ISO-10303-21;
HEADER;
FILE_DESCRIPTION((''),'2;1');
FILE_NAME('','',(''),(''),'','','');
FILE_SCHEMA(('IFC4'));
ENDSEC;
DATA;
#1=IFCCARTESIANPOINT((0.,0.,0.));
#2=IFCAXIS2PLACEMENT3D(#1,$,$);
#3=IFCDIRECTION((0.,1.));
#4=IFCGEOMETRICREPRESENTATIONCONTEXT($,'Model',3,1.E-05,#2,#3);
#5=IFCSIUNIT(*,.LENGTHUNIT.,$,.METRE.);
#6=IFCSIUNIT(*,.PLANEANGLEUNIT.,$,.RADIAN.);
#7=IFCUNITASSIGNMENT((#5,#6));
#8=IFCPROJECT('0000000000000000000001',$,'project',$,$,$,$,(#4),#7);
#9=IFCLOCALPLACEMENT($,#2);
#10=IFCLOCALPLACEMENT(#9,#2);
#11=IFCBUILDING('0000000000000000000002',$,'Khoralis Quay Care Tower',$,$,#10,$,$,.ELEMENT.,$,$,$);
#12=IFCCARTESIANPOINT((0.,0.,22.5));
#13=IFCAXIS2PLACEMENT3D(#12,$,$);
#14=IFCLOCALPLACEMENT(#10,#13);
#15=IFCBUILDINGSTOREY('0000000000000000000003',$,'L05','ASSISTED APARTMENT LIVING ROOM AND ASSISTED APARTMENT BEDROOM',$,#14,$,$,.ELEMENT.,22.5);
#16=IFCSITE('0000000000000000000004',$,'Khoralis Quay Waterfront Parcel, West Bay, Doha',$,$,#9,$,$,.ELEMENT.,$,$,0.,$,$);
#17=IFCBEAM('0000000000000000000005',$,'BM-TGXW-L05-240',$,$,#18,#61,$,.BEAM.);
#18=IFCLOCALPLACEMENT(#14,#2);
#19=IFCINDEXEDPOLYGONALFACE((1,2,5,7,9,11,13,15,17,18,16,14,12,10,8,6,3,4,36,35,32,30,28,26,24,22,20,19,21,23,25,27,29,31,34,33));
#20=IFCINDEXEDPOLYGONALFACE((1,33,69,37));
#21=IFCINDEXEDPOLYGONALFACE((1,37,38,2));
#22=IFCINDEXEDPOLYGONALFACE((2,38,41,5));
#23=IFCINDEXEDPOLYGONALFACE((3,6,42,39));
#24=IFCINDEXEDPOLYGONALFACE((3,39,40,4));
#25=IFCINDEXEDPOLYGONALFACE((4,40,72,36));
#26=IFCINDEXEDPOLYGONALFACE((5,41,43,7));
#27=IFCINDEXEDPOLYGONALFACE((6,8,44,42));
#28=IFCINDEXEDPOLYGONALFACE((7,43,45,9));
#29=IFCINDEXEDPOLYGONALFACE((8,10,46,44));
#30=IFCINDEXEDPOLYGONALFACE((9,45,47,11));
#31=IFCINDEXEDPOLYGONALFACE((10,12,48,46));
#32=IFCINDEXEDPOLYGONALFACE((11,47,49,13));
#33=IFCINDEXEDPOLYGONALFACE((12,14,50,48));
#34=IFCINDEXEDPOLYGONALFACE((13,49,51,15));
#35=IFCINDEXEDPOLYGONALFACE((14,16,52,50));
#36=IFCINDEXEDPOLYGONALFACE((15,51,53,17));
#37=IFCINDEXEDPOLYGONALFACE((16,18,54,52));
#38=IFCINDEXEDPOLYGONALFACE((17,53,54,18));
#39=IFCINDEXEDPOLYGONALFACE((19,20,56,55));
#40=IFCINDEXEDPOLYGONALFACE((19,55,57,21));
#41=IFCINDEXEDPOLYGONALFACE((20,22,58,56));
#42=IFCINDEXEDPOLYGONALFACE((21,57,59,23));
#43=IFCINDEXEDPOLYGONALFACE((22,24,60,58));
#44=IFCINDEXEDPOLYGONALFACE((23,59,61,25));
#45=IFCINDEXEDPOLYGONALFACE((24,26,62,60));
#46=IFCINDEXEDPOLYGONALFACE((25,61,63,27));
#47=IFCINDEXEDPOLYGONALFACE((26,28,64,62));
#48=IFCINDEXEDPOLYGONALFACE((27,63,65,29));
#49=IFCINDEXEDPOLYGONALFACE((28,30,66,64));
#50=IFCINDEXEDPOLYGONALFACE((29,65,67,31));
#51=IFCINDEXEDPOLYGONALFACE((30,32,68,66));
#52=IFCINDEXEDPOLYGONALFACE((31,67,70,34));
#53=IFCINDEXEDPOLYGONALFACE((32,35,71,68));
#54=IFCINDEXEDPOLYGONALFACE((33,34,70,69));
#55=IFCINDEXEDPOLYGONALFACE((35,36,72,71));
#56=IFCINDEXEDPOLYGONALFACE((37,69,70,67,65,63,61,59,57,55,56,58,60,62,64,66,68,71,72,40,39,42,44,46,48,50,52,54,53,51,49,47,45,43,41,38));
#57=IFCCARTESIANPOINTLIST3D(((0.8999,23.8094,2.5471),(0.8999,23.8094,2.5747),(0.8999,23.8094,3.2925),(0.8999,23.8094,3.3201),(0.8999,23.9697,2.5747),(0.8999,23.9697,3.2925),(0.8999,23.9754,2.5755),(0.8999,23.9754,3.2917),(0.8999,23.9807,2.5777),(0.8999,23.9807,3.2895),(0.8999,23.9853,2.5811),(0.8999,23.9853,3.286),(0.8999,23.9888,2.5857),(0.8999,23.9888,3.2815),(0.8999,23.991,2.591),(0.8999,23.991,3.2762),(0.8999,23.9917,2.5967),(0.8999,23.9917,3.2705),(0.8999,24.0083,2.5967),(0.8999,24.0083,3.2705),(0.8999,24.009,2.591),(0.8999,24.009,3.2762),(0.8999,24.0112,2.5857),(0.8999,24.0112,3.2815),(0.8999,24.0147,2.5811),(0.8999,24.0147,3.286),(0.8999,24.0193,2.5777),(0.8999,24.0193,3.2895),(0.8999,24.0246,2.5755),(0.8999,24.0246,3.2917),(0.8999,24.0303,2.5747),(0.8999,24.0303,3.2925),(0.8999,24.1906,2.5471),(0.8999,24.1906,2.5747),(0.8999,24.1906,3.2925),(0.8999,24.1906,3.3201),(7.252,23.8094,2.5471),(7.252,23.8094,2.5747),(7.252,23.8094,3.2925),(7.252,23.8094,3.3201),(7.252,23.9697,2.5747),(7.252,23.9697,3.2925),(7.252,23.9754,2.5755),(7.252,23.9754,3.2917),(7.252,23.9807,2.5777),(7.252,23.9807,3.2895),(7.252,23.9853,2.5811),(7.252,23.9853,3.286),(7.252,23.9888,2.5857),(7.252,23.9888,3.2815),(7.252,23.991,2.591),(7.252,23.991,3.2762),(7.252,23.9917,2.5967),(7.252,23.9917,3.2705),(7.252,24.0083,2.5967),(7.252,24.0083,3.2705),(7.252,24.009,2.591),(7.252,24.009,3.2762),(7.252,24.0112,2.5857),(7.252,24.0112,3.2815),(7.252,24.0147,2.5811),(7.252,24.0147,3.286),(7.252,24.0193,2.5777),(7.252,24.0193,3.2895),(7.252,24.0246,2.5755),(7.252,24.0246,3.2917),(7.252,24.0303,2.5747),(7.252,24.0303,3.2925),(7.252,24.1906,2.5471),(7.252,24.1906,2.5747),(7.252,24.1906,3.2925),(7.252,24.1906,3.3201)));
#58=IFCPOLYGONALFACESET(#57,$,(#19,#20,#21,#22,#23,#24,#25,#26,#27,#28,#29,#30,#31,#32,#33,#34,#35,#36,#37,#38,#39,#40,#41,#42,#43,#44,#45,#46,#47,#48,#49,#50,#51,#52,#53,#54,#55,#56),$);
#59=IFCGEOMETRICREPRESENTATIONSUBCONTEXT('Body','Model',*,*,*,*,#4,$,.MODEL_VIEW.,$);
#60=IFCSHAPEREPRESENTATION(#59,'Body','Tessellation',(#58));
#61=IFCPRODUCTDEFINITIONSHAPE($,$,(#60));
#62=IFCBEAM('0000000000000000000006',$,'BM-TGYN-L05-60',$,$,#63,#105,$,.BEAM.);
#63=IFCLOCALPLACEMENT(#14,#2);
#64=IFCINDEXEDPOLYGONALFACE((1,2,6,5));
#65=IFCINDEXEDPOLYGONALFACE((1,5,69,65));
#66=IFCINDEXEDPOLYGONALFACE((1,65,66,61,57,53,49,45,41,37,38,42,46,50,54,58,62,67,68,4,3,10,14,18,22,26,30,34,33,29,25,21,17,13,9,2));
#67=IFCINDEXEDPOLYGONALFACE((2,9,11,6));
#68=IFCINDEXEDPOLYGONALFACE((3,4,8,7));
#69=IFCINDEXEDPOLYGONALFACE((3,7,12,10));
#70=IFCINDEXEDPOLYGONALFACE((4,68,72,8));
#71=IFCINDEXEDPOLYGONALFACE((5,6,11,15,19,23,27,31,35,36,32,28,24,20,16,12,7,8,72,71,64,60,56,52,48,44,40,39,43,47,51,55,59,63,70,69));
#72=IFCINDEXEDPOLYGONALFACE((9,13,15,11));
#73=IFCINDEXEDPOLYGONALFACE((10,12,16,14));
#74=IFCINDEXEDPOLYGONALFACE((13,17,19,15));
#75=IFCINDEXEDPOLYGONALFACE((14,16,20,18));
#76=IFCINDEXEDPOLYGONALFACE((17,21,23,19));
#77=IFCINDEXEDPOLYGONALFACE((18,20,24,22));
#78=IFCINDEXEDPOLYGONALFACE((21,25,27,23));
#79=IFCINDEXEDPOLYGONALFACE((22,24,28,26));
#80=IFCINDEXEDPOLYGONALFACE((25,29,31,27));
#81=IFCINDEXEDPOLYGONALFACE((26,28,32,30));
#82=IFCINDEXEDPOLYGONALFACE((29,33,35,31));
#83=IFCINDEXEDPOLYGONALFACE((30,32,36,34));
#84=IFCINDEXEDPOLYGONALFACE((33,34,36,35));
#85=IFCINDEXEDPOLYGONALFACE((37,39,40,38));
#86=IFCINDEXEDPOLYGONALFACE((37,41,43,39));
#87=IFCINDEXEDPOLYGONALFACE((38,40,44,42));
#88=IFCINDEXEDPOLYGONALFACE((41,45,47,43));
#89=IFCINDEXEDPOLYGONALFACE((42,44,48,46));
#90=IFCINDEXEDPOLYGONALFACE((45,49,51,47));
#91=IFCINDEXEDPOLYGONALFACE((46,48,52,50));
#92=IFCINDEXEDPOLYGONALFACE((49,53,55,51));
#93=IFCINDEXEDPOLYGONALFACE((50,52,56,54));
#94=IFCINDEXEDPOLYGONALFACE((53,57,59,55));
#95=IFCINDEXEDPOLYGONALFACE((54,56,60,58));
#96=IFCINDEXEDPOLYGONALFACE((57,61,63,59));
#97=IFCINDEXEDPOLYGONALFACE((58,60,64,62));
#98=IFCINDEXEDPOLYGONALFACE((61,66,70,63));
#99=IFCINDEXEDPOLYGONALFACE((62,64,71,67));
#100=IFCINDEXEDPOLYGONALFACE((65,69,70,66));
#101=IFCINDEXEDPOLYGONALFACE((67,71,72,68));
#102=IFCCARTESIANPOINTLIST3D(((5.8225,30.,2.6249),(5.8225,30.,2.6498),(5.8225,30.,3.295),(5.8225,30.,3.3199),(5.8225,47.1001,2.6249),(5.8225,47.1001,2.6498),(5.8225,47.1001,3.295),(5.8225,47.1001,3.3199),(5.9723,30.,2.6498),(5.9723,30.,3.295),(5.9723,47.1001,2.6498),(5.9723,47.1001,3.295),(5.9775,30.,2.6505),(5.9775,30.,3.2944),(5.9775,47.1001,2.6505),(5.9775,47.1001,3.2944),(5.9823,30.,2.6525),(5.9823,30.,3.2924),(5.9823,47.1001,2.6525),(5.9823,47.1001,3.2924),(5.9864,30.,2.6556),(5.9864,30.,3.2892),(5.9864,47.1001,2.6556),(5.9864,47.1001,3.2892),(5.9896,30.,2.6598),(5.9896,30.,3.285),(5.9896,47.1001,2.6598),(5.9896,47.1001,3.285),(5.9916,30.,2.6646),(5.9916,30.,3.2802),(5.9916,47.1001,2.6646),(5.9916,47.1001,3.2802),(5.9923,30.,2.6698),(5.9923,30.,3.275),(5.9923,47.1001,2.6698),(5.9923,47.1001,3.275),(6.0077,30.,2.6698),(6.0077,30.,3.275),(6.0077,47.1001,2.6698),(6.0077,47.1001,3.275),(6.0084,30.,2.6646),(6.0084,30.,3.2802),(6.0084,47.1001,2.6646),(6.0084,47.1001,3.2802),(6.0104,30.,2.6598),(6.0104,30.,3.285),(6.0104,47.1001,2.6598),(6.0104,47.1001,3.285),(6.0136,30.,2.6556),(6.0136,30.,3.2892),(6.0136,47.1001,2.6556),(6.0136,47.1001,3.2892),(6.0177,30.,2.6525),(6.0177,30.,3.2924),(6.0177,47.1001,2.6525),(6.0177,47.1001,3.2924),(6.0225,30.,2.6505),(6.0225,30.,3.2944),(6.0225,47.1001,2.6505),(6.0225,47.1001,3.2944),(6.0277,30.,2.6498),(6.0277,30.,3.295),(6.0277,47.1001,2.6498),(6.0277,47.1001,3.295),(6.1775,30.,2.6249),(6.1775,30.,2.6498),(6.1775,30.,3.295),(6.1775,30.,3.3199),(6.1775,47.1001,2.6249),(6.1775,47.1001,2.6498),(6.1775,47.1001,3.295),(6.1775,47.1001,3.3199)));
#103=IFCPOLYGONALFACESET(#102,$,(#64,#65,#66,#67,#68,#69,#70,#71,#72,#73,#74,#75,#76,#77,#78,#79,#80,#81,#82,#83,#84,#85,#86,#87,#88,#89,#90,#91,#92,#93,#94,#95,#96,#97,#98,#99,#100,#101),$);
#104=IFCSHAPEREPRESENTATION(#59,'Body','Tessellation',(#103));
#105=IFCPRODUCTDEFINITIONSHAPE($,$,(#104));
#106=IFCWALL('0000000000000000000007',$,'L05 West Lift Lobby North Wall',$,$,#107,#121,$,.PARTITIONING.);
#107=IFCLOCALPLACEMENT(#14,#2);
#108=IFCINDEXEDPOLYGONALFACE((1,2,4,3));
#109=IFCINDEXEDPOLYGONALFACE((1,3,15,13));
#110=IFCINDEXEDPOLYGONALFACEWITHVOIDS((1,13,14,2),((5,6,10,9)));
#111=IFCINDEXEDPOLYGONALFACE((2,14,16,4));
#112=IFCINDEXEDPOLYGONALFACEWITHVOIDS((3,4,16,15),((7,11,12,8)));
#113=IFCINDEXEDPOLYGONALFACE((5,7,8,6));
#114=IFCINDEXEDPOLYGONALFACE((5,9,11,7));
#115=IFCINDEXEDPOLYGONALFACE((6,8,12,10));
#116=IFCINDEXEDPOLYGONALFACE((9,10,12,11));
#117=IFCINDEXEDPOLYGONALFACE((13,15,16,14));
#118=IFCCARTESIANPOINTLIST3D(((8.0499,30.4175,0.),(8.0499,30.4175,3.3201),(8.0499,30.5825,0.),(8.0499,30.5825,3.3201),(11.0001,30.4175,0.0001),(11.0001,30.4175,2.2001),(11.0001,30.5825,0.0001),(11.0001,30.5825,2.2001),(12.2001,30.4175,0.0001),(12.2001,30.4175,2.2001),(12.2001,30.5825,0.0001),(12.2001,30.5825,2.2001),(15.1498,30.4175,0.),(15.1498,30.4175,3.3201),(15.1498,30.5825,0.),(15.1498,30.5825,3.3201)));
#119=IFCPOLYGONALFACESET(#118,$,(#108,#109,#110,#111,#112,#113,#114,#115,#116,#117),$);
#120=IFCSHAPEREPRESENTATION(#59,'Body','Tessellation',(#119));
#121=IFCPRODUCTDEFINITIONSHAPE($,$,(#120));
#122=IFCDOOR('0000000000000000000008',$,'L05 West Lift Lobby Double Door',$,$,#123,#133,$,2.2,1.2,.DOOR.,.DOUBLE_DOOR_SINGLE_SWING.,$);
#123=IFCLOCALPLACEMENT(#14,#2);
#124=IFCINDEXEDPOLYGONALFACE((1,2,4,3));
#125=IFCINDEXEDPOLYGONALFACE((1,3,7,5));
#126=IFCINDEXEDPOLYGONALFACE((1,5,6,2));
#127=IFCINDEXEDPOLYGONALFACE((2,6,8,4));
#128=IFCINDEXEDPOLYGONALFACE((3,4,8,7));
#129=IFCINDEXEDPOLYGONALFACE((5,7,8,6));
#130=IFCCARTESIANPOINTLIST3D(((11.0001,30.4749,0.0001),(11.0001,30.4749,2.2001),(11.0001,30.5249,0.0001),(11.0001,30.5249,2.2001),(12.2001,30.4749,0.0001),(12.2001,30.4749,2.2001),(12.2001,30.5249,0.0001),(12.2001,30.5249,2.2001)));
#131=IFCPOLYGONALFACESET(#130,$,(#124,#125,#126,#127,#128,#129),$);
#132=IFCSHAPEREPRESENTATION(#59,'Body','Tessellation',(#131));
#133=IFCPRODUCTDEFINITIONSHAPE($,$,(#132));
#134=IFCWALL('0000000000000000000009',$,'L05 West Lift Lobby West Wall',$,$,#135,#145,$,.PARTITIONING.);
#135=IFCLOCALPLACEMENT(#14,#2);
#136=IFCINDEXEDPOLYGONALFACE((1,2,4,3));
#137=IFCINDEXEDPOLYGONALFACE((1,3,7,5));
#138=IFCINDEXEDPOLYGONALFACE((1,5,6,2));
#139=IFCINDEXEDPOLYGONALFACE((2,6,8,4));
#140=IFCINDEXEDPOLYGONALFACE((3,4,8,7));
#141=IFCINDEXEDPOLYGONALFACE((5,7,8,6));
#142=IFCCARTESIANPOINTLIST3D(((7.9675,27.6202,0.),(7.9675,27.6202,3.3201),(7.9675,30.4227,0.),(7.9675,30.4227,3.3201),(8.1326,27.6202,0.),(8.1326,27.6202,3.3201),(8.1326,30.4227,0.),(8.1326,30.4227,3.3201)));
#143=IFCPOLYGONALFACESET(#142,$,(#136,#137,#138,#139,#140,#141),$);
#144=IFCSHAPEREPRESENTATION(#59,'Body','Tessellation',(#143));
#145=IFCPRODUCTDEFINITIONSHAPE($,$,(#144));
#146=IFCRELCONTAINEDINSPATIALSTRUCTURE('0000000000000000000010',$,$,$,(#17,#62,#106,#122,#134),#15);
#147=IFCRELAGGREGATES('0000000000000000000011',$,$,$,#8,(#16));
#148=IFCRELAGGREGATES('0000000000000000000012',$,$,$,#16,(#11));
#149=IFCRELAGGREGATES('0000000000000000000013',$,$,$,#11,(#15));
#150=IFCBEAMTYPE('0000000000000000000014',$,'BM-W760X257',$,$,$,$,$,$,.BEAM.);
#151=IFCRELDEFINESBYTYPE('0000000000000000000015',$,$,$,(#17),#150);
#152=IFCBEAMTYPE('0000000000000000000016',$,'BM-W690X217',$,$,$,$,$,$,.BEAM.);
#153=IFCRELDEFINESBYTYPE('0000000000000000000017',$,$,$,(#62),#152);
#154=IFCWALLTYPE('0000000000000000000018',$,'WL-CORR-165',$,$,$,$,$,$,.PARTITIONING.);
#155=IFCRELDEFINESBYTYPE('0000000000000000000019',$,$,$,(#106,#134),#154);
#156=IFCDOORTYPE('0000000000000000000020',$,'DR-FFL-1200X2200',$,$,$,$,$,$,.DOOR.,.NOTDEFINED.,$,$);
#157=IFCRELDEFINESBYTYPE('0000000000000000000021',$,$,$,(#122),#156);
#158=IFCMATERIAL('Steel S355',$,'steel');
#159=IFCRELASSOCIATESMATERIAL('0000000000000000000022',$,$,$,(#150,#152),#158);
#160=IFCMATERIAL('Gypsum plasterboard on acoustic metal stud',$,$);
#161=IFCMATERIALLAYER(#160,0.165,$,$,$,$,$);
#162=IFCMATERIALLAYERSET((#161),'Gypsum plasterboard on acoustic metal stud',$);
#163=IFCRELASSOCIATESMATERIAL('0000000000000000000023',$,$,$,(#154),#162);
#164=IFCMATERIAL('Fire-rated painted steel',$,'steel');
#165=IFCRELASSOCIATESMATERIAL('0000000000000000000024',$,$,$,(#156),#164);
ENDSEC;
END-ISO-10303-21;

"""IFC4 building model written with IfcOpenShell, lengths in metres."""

from ifc_helpers import new_model, si_unit, direction, frame, frame_2d, origin, origin_2d, place, context, subcontext, project, spatial, rectangle, i_section, extrude, source, transform, mapped, material, layer, layer_set, material_profile, profile_set, type_object, element, fill, save


model = new_model("IFC4")

# Units and contexts
model_context = context("Model", 3, precision=1e-05, world=origin(), true_north=direction((0.0, 1.0)))
body_context = subcontext(model_context, "Body", "Model", "MODEL_VIEW")
ifc_project = project(units=[si_unit("LENGTHUNIT", "METRE"), si_unit("PLANEANGLEUNIT", "RADIAN")], contexts=[model_context])

# Site, building, storey
site_placement = place(None, origin())
site = spatial("IfcSite", under=ifc_project, at=site_placement, Name="Khoralis Quay Waterfront Parcel, West Bay, Doha", CompositionType="ELEMENT", RefElevation=0.0)
building_placement = place(site_placement, origin())
building = spatial("IfcBuilding", under=site, at=building_placement, Name="Khoralis Quay Care Tower", CompositionType="ELEMENT")
storey_placement = place(building_placement, frame((0.0, 0.0, 22.5)))
storey = spatial("IfcBuildingStorey", under=building, at=storey_placement, Name="L05", Description="ASSISTED APARTMENT LIVING ROOM AND ASSISTED APARTMENT BEDROOM", CompositionType="ELEMENT", Elevation=22.5)

# Beams
ifc_material_1 = material(Name="Steel S355", Category="steel")
ifc_material_profile_1 = material_profile(ifc_material_1, i_section(OverallWidth=0.3811, OverallDepth=0.7729, WebThickness=0.0166, FlangeThickness=0.0276, FilletRadius=0.022, at=origin_2d()), Name="Steel S355")
ifc_profile_set_1 = profile_set([ifc_material_profile_1], Name="Steel S355")
beam_type_1 = type_object("IfcBeamType", Name="BM-W760X257", PredefinedType="BEAM", material=ifc_profile_set_1)
shared_shape_1 = source(origin(), body_context, "Body", "SweptSolid", [
    extrude(i_section(OverallWidth=0.3811, OverallDepth=0.7729, WebThickness=0.0166, FlangeThickness=0.0276, FilletRadius=0.022, at=origin_2d()), origin(), (0.0, 0.0, 1.0), 6.3521),
])
beam_1_placement = place(storey_placement, frame((0.8999, 24.0, 2.9336), z_axis=(1.0, 0.0, 0.0), x_axis=(0.0, 1.0, 0.0)))
element("IfcBeam", 1, at=beam_1_placement, inside=storey, type_object=beam_type_1, Name="BM-TGXW-L05-240", PredefinedType="BEAM", context=body_context, shape_type="MappedRepresentation", body=[
    mapped(shared_shape_1, transform((0.0, 0.0, 0.0), scale=1.0)),
])
ifc_material_profile_2 = material_profile(ifc_material_1, i_section(OverallWidth=0.355, OverallDepth=0.6951, WebThickness=0.0154, FlangeThickness=0.0249, FilletRadius=0.02, at=origin_2d()), Name="Steel S355")
ifc_profile_set_2 = profile_set([ifc_material_profile_2], Name="Steel S355")
beam_type_2 = type_object("IfcBeamType", Name="BM-W690X217", PredefinedType="BEAM", material=ifc_profile_set_2)
shared_shape_2 = source(origin(), body_context, "Body", "SweptSolid", [
    extrude(i_section(OverallWidth=0.355, OverallDepth=0.6951, WebThickness=0.0154, FlangeThickness=0.0249, FilletRadius=0.02, at=origin_2d()), origin(), (0.0, 0.0, 1.0), 17.1001),
])
beam_2_placement = place(storey_placement, frame((6.0, 30.0, 2.9724), z_axis=(0.0, 1.0, 0.0), x_axis=(-1.0, 0.0, 0.0)))
element("IfcBeam", 2, at=beam_2_placement, inside=storey, type_object=beam_type_2, Name="BM-TGYN-L05-60", PredefinedType="BEAM", context=body_context, shape_type="MappedRepresentation", body=[
    mapped(shared_shape_2, transform((0.0, 0.0, 0.0), scale=1.0)),
])

# Wall, opening, door
ifc_material_2 = material(Name="Gypsum plasterboard on acoustic metal stud")
ifc_layer_1 = layer(ifc_material_2, 0.165)
ifc_layer_set_1 = layer_set([ifc_layer_1], Name="Gypsum plasterboard on acoustic metal stud")
wall_type_1 = type_object("IfcWallType", Name="WL-CORR-165", PredefinedType="PARTITIONING", material=ifc_layer_set_1)
wall_1_placement = place(storey_placement, frame((8.05, 30.5, 0.0), z_axis=(0.0, 0.0, 1.0), x_axis=(1.0, 0.0, 0.0)))
wall_1 = element("IfcWall", 3, at=wall_1_placement, inside=storey, type_object=wall_type_1, Name="L05 West Lift Lobby North Wall", PredefinedType="PARTITIONING", context=body_context, shape_type="SweptSolid", body=[
    extrude(rectangle(XDim=7.0999, YDim=0.165, at=frame_2d((3.5498, 0.0))), origin(), (0.0, 0.0, 1.0), 3.3201),
])
opening_1_placement = place(wall_1_placement, frame((2.95, 0.0, 0.0)))
opening_1 = element("IfcOpeningElement", 4, at=opening_1_placement, cuts=wall_1, PredefinedType="OPENING", context=body_context, shape_type="SweptSolid", body=[
    extrude(rectangle(XDim=1.2, YDim=2.2, at=frame_2d((0.6001, 1.1001))), frame((0.0, 0.0925, 0.0), z_axis=(0.0, -1.0, 0.0), x_axis=(1.0, 0.0, 0.0)), (0.0, 0.0, 1.0), 0.1851),
])
ifc_material_3 = material(Name="Fire-rated painted steel", Category="steel")
door_type_1 = type_object("IfcDoorType", Name="DR-FFL-1200X2200", OperationType="NOTDEFINED", PredefinedType="DOOR", material=ifc_material_3)
shared_shape_3 = source(origin(), body_context, "Body", "SweptSolid", [
    extrude(rectangle(XDim=1.2, YDim=2.2, at=frame_2d((0.6001, 1.1001))), frame((0.0, 0.0249, 0.0), z_axis=(0.0, -1.0, 0.0), x_axis=(1.0, 0.0, 0.0)), (0.0, 0.0, 1.0), 0.05),
])
door_1_placement = place(opening_1_placement, origin())
door_1 = element("IfcDoor", 5, at=door_1_placement, inside=storey, type_object=door_type_1, Name="L05 West Lift Lobby Double Door", OperationType="DOUBLE_DOOR_SINGLE_SWING", OverallHeight=2.2, OverallWidth=1.2, PredefinedType="DOOR", context=body_context, shape_type="MappedRepresentation", body=[
    mapped(shared_shape_3, transform((0.0, 0.0, 0.0), scale=1.0)),
])
fill(opening_1, door_1)

# Wall
wall_2_placement = place(storey_placement, frame((8.05, 27.6201, 0.0), z_axis=(0.0, 0.0, 1.0), x_axis=(0.0, 1.0, 0.0)))
element("IfcWall", 6, at=wall_2_placement, inside=storey, type_object=wall_type_1, Name="L05 West Lift Lobby West Wall", PredefinedType="PARTITIONING", context=body_context, shape_type="SweptSolid", body=[
    extrude(rectangle(XDim=2.8025, YDim=0.165, at=frame_2d((1.4014, 0.0))), origin(), (0.0, 0.0, 1.0), 3.3201),
])

save(model, "model.ifc")
